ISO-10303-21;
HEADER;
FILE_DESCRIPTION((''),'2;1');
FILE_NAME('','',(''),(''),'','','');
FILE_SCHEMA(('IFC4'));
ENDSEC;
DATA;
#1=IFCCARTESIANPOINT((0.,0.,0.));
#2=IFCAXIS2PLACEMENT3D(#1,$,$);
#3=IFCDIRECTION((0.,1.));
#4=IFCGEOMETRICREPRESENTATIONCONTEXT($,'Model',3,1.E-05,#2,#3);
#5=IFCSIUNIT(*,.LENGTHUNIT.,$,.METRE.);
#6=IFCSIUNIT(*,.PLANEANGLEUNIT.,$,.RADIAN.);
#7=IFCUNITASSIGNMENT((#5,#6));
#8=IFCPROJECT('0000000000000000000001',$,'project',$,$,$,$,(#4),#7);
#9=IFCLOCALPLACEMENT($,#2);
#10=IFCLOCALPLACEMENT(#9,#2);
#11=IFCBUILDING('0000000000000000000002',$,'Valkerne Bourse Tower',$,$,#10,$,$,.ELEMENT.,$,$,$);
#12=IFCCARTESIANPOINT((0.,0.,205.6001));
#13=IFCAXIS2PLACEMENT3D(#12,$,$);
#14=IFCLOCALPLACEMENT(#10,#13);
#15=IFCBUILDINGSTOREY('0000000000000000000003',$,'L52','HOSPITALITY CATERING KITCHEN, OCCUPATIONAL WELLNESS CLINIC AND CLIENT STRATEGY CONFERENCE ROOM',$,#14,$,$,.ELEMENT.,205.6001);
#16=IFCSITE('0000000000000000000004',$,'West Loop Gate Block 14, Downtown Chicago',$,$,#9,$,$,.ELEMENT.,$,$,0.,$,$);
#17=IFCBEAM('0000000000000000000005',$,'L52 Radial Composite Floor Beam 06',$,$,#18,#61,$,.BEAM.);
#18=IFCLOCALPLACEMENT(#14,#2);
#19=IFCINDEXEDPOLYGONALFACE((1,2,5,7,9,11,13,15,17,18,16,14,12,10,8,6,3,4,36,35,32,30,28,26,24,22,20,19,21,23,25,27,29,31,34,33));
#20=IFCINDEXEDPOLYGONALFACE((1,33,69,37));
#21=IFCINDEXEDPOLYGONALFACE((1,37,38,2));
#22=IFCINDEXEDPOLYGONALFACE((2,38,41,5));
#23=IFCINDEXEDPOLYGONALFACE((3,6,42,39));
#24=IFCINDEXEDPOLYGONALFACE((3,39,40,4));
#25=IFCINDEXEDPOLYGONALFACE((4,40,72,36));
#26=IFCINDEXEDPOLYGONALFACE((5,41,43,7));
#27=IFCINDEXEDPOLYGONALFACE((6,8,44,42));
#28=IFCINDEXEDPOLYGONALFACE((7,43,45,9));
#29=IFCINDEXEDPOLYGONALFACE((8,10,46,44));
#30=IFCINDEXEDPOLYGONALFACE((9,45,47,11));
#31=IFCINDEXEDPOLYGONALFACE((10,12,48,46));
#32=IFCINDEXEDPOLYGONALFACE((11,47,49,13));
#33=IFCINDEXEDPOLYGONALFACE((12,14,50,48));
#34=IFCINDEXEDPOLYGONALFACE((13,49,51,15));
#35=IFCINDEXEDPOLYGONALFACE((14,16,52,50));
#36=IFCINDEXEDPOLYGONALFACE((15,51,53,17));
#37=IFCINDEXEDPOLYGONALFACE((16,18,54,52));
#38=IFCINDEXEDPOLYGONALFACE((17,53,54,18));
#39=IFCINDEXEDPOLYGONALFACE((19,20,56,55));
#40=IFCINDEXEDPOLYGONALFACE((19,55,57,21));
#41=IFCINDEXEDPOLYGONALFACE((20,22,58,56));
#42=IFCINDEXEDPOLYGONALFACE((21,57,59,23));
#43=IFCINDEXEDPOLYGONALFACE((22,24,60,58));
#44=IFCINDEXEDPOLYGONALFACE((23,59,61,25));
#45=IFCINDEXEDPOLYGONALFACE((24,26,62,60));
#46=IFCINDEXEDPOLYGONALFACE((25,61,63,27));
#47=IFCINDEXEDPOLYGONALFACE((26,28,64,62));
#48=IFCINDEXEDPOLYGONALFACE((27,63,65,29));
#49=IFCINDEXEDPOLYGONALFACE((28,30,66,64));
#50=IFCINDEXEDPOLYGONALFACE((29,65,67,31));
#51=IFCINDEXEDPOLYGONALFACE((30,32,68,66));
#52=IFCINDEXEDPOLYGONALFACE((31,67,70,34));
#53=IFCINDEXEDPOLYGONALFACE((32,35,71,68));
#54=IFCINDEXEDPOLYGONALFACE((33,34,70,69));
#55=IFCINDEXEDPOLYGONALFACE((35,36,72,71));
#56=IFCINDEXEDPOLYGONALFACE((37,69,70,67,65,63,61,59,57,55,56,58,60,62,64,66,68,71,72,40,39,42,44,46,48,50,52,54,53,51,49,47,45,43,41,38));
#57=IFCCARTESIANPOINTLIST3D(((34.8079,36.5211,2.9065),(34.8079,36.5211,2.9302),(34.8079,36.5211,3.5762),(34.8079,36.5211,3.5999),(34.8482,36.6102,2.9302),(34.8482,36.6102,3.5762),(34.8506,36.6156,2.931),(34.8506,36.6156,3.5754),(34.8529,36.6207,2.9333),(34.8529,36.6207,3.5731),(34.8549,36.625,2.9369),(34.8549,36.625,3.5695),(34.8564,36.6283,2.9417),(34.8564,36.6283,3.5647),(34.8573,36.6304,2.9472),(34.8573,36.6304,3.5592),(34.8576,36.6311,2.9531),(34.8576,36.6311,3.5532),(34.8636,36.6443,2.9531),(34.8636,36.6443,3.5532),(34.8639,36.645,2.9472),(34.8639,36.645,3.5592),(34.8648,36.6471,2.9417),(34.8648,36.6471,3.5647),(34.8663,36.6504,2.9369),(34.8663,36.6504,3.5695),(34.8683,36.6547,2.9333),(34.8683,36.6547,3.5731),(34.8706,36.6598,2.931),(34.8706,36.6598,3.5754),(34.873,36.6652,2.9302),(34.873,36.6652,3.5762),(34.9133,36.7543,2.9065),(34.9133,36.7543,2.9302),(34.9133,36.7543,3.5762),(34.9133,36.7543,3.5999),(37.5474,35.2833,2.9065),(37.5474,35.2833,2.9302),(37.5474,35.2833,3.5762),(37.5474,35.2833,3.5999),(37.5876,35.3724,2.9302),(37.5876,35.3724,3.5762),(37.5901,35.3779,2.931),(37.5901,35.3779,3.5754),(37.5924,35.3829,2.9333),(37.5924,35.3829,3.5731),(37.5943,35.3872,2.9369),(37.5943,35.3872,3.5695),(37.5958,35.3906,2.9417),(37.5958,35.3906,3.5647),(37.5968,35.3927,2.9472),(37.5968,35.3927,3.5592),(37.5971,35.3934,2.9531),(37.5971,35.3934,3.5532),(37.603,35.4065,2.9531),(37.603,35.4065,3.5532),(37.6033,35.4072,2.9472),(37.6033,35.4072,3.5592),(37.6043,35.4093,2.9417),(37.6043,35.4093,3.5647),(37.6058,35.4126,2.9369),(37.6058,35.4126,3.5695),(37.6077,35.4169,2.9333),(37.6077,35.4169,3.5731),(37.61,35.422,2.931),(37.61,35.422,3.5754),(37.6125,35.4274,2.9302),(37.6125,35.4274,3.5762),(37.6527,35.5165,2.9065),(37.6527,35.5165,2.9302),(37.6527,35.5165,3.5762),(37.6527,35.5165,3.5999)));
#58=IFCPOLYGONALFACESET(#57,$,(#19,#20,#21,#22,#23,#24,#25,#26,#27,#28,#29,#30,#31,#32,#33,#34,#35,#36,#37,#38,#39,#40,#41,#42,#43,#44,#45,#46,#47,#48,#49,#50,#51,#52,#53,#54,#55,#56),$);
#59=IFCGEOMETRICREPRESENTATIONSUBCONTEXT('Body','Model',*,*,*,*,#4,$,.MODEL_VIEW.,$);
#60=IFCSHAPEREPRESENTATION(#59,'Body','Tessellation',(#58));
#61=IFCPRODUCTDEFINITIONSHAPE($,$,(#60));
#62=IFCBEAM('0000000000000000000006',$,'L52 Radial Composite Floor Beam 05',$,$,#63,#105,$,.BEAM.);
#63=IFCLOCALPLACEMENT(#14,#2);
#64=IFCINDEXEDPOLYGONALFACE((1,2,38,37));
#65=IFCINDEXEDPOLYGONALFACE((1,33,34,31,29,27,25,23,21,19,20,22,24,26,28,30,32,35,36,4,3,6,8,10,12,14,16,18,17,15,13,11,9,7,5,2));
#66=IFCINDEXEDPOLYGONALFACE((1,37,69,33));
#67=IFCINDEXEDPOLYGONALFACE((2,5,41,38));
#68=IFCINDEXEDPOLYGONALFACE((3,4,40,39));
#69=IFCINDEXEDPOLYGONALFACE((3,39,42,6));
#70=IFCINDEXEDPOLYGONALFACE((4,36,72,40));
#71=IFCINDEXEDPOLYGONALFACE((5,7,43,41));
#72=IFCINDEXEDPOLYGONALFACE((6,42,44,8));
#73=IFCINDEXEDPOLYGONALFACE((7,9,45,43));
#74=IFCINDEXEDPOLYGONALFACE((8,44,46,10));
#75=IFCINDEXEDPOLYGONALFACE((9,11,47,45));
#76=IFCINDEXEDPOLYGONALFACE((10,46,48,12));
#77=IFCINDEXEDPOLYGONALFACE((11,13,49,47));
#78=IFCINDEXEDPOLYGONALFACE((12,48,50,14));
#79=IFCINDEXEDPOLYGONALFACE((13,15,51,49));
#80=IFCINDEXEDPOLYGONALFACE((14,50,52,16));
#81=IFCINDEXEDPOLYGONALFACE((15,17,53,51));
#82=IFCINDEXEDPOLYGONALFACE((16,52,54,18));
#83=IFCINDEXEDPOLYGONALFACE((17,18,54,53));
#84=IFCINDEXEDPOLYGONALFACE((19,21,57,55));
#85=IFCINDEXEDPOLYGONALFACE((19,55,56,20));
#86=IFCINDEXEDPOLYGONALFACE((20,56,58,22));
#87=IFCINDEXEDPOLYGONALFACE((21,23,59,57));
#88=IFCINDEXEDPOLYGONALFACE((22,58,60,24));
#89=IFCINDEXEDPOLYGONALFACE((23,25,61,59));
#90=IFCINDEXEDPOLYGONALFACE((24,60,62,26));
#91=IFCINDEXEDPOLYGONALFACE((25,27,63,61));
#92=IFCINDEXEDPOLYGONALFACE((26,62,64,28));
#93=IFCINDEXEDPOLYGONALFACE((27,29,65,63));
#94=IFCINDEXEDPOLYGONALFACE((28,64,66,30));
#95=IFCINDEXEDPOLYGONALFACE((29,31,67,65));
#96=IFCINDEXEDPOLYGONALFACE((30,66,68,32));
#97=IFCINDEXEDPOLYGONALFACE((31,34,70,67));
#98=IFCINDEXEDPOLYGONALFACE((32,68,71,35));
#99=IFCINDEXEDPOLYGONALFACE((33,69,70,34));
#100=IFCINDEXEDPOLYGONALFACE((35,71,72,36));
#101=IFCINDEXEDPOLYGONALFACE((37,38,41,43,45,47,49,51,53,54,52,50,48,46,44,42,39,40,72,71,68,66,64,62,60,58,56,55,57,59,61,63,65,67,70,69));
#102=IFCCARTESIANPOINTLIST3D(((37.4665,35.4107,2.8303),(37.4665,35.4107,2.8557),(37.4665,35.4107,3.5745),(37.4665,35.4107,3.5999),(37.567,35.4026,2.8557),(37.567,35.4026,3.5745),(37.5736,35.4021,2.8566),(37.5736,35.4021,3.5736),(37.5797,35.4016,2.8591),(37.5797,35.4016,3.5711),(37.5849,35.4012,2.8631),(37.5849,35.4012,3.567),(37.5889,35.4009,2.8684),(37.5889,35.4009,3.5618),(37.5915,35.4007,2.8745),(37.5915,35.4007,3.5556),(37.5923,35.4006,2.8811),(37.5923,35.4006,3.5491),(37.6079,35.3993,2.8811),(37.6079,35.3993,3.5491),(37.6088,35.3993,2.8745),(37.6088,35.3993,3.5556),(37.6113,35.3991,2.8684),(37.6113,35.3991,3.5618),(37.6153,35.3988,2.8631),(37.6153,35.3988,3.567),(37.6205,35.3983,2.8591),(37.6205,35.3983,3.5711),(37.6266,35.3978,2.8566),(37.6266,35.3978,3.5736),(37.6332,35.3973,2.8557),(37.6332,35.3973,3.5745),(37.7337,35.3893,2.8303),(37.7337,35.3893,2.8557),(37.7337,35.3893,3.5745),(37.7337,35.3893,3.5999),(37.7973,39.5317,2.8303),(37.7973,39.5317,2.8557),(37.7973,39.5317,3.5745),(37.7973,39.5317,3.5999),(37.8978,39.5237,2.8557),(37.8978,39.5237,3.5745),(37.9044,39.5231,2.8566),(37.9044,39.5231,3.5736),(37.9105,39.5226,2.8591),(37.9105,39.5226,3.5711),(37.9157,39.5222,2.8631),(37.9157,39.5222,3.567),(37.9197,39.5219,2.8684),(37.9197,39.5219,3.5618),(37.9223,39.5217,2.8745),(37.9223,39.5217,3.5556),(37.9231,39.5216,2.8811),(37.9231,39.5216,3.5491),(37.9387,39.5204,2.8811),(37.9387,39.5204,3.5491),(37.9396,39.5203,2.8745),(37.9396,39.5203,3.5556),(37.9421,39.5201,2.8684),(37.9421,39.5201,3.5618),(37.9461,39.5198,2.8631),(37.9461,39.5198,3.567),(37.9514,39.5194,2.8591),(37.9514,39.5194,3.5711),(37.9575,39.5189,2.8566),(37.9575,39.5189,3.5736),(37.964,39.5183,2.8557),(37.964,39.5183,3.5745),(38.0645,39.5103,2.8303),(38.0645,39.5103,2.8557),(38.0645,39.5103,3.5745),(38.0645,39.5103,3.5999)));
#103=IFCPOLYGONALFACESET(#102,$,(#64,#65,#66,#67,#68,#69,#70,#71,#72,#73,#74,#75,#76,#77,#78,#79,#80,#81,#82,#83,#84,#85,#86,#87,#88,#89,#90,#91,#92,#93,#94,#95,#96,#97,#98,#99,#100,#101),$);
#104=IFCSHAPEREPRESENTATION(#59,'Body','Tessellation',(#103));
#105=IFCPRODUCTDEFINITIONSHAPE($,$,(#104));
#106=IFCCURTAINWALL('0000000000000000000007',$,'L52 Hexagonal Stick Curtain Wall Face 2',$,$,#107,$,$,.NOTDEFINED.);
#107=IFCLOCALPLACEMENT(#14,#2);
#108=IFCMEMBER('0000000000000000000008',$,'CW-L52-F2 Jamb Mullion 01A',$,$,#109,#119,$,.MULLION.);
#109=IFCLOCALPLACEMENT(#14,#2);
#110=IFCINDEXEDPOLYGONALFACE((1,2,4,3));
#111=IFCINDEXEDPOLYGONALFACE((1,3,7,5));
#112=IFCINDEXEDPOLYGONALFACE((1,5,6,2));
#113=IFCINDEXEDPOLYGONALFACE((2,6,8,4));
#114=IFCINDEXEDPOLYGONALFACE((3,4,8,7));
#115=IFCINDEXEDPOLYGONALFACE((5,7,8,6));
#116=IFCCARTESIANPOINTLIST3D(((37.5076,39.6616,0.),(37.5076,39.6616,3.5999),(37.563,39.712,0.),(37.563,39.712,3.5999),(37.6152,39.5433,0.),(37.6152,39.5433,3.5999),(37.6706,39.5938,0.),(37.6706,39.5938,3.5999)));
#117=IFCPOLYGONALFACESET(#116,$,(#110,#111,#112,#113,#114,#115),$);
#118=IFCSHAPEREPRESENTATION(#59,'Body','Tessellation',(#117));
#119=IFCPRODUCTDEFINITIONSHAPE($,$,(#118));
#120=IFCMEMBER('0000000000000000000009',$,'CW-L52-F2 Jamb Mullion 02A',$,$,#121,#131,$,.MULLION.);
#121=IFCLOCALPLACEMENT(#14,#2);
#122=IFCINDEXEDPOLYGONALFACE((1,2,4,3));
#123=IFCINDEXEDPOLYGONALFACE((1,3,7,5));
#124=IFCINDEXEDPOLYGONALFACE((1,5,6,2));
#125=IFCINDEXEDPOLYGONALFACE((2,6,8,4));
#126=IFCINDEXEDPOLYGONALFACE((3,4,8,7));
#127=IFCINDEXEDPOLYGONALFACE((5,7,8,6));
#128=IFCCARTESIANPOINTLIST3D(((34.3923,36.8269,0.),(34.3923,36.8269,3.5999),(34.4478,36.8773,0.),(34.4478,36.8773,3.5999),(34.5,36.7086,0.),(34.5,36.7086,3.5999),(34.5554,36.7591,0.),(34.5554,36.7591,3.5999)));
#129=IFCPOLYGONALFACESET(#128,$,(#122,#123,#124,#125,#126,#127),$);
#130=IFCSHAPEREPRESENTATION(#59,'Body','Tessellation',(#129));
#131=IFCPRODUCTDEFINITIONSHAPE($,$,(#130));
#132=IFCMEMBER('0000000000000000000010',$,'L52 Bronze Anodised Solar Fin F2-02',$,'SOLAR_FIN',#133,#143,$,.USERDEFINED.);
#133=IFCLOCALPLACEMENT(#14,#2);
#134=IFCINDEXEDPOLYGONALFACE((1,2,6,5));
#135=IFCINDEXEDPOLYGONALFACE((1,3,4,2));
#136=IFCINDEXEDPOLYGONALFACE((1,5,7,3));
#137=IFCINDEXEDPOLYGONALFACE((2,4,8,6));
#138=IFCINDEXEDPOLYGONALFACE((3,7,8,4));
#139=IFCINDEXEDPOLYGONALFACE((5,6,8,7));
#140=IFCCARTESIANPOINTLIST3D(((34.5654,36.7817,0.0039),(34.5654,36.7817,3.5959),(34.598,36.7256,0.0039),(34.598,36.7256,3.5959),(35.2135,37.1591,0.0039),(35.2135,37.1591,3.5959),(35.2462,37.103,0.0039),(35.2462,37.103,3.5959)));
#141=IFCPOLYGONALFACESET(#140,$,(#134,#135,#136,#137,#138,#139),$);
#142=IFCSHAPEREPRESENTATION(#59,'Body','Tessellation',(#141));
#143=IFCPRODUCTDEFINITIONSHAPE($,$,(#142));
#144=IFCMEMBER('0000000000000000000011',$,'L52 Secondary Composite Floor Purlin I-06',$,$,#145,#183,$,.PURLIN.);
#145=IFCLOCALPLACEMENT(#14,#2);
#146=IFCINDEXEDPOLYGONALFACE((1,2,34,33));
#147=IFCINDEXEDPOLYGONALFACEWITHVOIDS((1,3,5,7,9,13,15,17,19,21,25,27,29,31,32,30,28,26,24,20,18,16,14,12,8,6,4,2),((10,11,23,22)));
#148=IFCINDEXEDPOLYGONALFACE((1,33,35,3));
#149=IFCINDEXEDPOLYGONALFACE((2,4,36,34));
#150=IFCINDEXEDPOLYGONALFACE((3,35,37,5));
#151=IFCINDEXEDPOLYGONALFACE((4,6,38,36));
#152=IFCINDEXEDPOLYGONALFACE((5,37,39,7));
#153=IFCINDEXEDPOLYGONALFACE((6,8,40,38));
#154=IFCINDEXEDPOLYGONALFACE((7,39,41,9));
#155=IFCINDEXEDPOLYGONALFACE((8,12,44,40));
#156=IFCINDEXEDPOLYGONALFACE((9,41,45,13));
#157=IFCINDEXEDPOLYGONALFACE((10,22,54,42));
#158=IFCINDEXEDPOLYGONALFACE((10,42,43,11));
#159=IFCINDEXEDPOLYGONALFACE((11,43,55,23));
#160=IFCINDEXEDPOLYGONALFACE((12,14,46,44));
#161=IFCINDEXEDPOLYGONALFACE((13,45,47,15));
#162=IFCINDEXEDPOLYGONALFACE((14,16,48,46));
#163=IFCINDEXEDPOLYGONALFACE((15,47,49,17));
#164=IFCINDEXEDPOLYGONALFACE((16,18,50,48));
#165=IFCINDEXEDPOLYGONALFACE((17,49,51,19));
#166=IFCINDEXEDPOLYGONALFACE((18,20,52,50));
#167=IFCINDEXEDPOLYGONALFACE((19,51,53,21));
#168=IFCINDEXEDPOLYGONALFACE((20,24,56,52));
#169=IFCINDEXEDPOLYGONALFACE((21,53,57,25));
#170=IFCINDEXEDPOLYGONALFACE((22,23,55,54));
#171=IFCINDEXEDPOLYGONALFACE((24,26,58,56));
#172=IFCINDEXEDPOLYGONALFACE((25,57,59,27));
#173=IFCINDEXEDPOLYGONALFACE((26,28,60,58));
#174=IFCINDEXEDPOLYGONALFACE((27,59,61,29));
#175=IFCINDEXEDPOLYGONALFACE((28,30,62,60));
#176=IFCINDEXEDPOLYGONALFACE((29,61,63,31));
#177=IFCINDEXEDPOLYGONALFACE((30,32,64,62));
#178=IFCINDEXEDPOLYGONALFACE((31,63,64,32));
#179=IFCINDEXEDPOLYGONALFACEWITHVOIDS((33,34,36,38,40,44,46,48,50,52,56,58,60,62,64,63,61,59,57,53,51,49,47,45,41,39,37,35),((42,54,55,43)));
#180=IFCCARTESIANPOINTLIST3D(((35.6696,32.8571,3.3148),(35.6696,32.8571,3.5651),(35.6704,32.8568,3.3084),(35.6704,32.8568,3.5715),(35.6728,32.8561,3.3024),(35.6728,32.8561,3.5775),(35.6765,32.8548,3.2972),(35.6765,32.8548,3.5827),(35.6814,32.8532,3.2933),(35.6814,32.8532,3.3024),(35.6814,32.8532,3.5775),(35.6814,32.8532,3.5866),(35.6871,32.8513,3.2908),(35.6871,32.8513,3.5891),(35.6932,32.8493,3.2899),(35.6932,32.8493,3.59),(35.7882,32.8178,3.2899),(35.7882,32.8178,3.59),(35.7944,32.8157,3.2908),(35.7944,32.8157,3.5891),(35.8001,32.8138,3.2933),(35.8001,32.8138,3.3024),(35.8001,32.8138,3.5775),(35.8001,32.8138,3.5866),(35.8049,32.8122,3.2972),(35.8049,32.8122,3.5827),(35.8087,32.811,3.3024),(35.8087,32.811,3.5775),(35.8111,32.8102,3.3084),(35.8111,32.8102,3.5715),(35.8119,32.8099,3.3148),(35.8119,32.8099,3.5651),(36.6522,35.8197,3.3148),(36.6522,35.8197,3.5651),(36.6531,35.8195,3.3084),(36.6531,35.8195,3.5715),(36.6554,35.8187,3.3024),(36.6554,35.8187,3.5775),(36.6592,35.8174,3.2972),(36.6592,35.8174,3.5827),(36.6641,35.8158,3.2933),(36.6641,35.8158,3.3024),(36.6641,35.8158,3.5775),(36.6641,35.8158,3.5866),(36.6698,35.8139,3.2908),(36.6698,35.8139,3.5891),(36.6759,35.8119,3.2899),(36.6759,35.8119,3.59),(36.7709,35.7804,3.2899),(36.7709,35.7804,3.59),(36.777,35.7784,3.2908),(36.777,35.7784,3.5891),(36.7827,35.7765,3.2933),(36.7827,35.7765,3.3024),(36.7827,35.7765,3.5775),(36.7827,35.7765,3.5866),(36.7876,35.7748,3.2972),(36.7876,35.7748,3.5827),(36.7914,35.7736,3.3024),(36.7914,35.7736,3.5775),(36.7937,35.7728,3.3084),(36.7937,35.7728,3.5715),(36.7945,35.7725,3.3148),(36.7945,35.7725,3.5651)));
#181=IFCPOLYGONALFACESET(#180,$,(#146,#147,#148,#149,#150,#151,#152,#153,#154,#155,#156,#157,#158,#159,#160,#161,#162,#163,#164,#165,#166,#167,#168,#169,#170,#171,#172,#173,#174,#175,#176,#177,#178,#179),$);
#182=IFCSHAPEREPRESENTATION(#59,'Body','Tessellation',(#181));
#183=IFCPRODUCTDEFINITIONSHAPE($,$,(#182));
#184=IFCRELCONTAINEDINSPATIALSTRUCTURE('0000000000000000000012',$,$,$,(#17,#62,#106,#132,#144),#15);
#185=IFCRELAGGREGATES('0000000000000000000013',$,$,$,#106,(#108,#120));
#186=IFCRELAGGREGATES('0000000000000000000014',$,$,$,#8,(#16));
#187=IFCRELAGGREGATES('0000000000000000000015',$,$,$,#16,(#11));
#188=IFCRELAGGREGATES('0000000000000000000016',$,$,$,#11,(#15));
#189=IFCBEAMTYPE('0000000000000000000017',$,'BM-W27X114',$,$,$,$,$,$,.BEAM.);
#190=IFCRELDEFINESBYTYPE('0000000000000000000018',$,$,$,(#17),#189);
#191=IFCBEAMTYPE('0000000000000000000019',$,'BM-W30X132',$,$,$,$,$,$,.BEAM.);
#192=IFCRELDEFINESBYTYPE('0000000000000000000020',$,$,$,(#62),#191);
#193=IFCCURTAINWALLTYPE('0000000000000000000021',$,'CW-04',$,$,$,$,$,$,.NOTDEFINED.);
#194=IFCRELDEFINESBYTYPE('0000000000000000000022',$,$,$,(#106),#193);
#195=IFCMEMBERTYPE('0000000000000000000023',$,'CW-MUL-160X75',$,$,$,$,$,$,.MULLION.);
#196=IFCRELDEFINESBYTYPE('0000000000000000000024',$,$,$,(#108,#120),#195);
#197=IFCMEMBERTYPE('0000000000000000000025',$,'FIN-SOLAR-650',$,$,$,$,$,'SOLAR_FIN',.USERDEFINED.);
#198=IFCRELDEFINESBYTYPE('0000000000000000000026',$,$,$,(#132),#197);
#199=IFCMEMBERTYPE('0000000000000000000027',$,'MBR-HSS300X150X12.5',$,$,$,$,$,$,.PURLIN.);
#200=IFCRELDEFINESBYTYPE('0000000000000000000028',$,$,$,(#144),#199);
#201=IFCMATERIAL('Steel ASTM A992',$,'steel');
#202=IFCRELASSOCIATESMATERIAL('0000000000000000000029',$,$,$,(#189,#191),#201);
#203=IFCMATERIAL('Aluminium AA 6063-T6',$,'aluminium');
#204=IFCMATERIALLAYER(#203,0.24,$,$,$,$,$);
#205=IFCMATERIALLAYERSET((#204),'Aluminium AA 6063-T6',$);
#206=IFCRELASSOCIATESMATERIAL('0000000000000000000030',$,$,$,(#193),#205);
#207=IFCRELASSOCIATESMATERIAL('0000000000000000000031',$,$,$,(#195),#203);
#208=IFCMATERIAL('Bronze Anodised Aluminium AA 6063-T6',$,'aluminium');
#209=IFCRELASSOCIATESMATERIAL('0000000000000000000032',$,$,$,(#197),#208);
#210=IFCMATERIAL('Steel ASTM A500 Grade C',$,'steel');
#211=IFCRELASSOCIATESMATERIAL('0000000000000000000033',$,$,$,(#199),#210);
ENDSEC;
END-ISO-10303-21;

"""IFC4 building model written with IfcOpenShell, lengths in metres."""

from ifc_helpers import new_model, si_unit, direction, frame, origin, origin_2d, place, context, subcontext, project, spatial, rectangle, hollow_rectangle, i_section, extrude, material, layer, layer_set, material_profile, profile_set, type_object, element, aggregate, save


model = new_model("IFC4")

# Units and contexts
model_context = context("Model", 3, precision=1e-05, world=origin(), true_north=direction((0.0, 1.0)))
body_context = subcontext(model_context, "Body", "Model", "MODEL_VIEW")
ifc_project = project(units=[si_unit("LENGTHUNIT", "METRE"), si_unit("PLANEANGLEUNIT", "RADIAN")], contexts=[model_context])

# Site, building, storey
site_placement = place(None, origin())
site = spatial("IfcSite", under=ifc_project, at=site_placement, Name="West Loop Gate Block 14, Downtown Chicago", CompositionType="ELEMENT", RefElevation=0.0)
building_placement = place(site_placement, origin())
building = spatial("IfcBuilding", under=site, at=building_placement, Name="Valkerne Bourse Tower", CompositionType="ELEMENT")
storey_placement = place(building_placement, frame((0.0, 0.0, 205.6001)))
storey = spatial("IfcBuildingStorey", under=building, at=storey_placement, Name="L52", Description="HOSPITALITY CATERING KITCHEN, OCCUPATIONAL WELLNESS CLINIC AND CLIENT STRATEGY CONFERENCE ROOM", CompositionType="ELEMENT", Elevation=205.6001)

# Beams
ifc_material_1 = material(Name="Steel ASTM A992", Category="steel")
ifc_material_profile_1 = material_profile(ifc_material_1, i_section(OverallWidth=0.2559, OverallDepth=0.6934, WebThickness=0.0144, FlangeThickness=0.0237, FilletRadius=0.0229, at=origin_2d()), Name="W27X114")
ifc_profile_set_1 = profile_set([ifc_material_profile_1], Name="Steel ASTM A992")
beam_type_1 = type_object("IfcBeamType", Name="BM-W27X114", PredefinedType="BEAM", material=ifc_profile_set_1)
beam_1_placement = place(storey_placement, frame((34.8606, 36.6377, 3.2532), z_axis=(0.911296, -0.411752, 0.0), x_axis=(0.411752, 0.911296, 0.0)))
element("IfcBeam", 1, at=beam_1_placement, inside=storey, type_object=beam_type_1, Name="L52 Radial Composite Floor Beam 06", PredefinedType="BEAM", context=body_context, shape_type="SweptSolid", body=[
    extrude(i_section(OverallWidth=0.2559, OverallDepth=0.6934, WebThickness=0.0144, FlangeThickness=0.0237, FilletRadius=0.0229, at=origin_2d()), origin(), (0.0, 0.0, 1.0), 3.0061),
])
ifc_material_profile_2 = material_profile(ifc_material_1, i_section(OverallWidth=0.2681, OverallDepth=0.7695, WebThickness=0.0156, FlangeThickness=0.0254, FilletRadius=0.0254, at=origin_2d()), Name="W30X132")
ifc_profile_set_2 = profile_set([ifc_material_profile_2], Name="Steel ASTM A992")
beam_type_2 = type_object("IfcBeamType", Name="BM-W30X132", PredefinedType="BEAM", material=ifc_profile_set_2)
beam_2_placement = place(storey_placement, frame((37.9309, 39.521, 3.2151), z_axis=(-0.080015, -0.996794, 0.0), x_axis=(0.996794, -0.080015, 0.0)))
element("IfcBeam", 2, at=beam_2_placement, inside=storey, type_object=beam_type_2, Name="L52 Radial Composite Floor Beam 05", PredefinedType="BEAM", context=body_context, shape_type="SweptSolid", body=[
    extrude(i_section(OverallWidth=0.2681, OverallDepth=0.7695, WebThickness=0.0156, FlangeThickness=0.0254, FilletRadius=0.0254, at=origin_2d()), origin(), (0.0, 0.0, 1.0), 4.1343),
])

# Curtain wall, members
ifc_material_2 = material(Name="Aluminium AA 6063-T6", Category="aluminium")
ifc_layer_1 = layer(ifc_material_2, 0.24)
ifc_layer_set_1 = layer_set([ifc_layer_1], Name="Aluminium AA 6063-T6")
curtain_wall_type = type_object("IfcCurtainWallType", Name="CW-04", PredefinedType="NOTDEFINED", material=ifc_layer_set_1)
curtain_wall_placement = place(storey_placement, origin())
curtain_wall = element("IfcCurtainWall", 3, at=curtain_wall_placement, inside=storey, type_object=curtain_wall_type, Name="L52 Hexagonal Stick Curtain Wall Face 2", PredefinedType="NOTDEFINED")
ifc_material_profile_3 = material_profile(ifc_material_2, rectangle(XDim=0.075, YDim=0.1599, at=origin_2d()), Name="CWM-75X160")
ifc_profile_set_3 = profile_set([ifc_material_profile_3], Name="Aluminium AA 6063-T6")
member_type_1 = type_object("IfcMemberType", Name="CW-MUL-160X75", PredefinedType="MULLION", material=ifc_profile_set_3)
member_1_placement = place(storey_placement, frame((37.5891, 39.6277, 0.0), z_axis=(0.0, 0.0, 1.0), x_axis=(-0.739632, -0.673012, 0.0)))
member_1 = element("IfcMember", 4, at=member_1_placement, type_object=member_type_1, Name="CW-L52-F2 Jamb Mullion 01A", PredefinedType="MULLION", context=body_context, shape_type="SweptSolid", body=[
    extrude(rectangle(XDim=0.075, YDim=0.1599, at=origin_2d()), origin(), (0.0, 0.0, 1.0), 3.5999),
])
member_2_placement = place(storey_placement, frame((34.4739, 36.793, 0.0), z_axis=(0.0, 0.0, 1.0), x_axis=(-0.739632, -0.673012, 0.0)))
member_2 = element("IfcMember", 5, at=member_2_placement, type_object=member_type_1, Name="CW-L52-F2 Jamb Mullion 02A", PredefinedType="MULLION", context=body_context, shape_type="SweptSolid", body=[
    extrude(rectangle(XDim=0.075, YDim=0.1599, at=origin_2d()), origin(), (0.0, 0.0, 1.0), 3.5999),
])

# Members
ifc_material_3 = material(Name="Bronze Anodised Aluminium AA 6063-T6", Category="aluminium")
ifc_material_profile_4 = material_profile(ifc_material_3, rectangle(XDim=0.0649, YDim=0.75, at=origin_2d()), Name="FIN-65X750")
ifc_profile_set_4 = profile_set([ifc_material_profile_4], Name="Bronze Anodised Aluminium AA 6063-T6")
member_type_2 = type_object("IfcMemberType", Name="FIN-SOLAR-650", ElementType="SOLAR_FIN", PredefinedType="USERDEFINED", material=ifc_profile_set_4)
member_3_placement = place(storey_placement, frame((34.9058, 36.9424, 0.0039), z_axis=(0.0, 0.0, 1.0), x_axis=(-0.503207, 0.864166, 0.0)))
element("IfcMember", 6, at=member_3_placement, inside=storey, type_object=member_type_2, Name="L52 Bronze Anodised Solar Fin F2-02", ObjectType="SOLAR_FIN", PredefinedType="USERDEFINED", context=body_context, shape_type="SweptSolid", body=[
    extrude(rectangle(XDim=0.0649, YDim=0.75, at=origin_2d()), origin(), (0.0, 0.0, 1.0), 3.592),
])
ifc_material_4 = material(Name="Steel ASTM A500 Grade C", Category="steel")
ifc_material_profile_5 = material_profile(ifc_material_4, hollow_rectangle(XDim=0.1499, YDim=0.3, WallThickness=0.0125, OuterFilletRadius=0.0249, at=origin_2d()), Name="HSS300X150X12.5")
ifc_profile_set_5 = profile_set([ifc_material_profile_5], Name="Steel ASTM A500 Grade C")
member_type_3 = type_object("IfcMemberType", Name="MBR-HSS300X150X12.5", PredefinedType="PURLIN", material=ifc_profile_set_5)
member_4_placement = place(storey_placement, frame((36.7234, 35.7961, 3.4399), z_axis=(-0.31482, -0.949152, 0.0), x_axis=(0.949152, -0.31482, 0.0)))
element("IfcMember", 7, at=member_4_placement, inside=storey, type_object=member_type_3, Name="L52 Secondary Composite Floor Purlin I-06", PredefinedType="PURLIN", context=body_context, shape_type="SweptSolid", body=[
    extrude(hollow_rectangle(XDim=0.1499, YDim=0.3, WallThickness=0.0125, OuterFilletRadius=0.0249, at=origin_2d()), origin(), (0.0, 0.0, 1.0), 3.1213),
])

aggregate(curtain_wall, [member_1, member_2])

save(model, "model.ifc")
